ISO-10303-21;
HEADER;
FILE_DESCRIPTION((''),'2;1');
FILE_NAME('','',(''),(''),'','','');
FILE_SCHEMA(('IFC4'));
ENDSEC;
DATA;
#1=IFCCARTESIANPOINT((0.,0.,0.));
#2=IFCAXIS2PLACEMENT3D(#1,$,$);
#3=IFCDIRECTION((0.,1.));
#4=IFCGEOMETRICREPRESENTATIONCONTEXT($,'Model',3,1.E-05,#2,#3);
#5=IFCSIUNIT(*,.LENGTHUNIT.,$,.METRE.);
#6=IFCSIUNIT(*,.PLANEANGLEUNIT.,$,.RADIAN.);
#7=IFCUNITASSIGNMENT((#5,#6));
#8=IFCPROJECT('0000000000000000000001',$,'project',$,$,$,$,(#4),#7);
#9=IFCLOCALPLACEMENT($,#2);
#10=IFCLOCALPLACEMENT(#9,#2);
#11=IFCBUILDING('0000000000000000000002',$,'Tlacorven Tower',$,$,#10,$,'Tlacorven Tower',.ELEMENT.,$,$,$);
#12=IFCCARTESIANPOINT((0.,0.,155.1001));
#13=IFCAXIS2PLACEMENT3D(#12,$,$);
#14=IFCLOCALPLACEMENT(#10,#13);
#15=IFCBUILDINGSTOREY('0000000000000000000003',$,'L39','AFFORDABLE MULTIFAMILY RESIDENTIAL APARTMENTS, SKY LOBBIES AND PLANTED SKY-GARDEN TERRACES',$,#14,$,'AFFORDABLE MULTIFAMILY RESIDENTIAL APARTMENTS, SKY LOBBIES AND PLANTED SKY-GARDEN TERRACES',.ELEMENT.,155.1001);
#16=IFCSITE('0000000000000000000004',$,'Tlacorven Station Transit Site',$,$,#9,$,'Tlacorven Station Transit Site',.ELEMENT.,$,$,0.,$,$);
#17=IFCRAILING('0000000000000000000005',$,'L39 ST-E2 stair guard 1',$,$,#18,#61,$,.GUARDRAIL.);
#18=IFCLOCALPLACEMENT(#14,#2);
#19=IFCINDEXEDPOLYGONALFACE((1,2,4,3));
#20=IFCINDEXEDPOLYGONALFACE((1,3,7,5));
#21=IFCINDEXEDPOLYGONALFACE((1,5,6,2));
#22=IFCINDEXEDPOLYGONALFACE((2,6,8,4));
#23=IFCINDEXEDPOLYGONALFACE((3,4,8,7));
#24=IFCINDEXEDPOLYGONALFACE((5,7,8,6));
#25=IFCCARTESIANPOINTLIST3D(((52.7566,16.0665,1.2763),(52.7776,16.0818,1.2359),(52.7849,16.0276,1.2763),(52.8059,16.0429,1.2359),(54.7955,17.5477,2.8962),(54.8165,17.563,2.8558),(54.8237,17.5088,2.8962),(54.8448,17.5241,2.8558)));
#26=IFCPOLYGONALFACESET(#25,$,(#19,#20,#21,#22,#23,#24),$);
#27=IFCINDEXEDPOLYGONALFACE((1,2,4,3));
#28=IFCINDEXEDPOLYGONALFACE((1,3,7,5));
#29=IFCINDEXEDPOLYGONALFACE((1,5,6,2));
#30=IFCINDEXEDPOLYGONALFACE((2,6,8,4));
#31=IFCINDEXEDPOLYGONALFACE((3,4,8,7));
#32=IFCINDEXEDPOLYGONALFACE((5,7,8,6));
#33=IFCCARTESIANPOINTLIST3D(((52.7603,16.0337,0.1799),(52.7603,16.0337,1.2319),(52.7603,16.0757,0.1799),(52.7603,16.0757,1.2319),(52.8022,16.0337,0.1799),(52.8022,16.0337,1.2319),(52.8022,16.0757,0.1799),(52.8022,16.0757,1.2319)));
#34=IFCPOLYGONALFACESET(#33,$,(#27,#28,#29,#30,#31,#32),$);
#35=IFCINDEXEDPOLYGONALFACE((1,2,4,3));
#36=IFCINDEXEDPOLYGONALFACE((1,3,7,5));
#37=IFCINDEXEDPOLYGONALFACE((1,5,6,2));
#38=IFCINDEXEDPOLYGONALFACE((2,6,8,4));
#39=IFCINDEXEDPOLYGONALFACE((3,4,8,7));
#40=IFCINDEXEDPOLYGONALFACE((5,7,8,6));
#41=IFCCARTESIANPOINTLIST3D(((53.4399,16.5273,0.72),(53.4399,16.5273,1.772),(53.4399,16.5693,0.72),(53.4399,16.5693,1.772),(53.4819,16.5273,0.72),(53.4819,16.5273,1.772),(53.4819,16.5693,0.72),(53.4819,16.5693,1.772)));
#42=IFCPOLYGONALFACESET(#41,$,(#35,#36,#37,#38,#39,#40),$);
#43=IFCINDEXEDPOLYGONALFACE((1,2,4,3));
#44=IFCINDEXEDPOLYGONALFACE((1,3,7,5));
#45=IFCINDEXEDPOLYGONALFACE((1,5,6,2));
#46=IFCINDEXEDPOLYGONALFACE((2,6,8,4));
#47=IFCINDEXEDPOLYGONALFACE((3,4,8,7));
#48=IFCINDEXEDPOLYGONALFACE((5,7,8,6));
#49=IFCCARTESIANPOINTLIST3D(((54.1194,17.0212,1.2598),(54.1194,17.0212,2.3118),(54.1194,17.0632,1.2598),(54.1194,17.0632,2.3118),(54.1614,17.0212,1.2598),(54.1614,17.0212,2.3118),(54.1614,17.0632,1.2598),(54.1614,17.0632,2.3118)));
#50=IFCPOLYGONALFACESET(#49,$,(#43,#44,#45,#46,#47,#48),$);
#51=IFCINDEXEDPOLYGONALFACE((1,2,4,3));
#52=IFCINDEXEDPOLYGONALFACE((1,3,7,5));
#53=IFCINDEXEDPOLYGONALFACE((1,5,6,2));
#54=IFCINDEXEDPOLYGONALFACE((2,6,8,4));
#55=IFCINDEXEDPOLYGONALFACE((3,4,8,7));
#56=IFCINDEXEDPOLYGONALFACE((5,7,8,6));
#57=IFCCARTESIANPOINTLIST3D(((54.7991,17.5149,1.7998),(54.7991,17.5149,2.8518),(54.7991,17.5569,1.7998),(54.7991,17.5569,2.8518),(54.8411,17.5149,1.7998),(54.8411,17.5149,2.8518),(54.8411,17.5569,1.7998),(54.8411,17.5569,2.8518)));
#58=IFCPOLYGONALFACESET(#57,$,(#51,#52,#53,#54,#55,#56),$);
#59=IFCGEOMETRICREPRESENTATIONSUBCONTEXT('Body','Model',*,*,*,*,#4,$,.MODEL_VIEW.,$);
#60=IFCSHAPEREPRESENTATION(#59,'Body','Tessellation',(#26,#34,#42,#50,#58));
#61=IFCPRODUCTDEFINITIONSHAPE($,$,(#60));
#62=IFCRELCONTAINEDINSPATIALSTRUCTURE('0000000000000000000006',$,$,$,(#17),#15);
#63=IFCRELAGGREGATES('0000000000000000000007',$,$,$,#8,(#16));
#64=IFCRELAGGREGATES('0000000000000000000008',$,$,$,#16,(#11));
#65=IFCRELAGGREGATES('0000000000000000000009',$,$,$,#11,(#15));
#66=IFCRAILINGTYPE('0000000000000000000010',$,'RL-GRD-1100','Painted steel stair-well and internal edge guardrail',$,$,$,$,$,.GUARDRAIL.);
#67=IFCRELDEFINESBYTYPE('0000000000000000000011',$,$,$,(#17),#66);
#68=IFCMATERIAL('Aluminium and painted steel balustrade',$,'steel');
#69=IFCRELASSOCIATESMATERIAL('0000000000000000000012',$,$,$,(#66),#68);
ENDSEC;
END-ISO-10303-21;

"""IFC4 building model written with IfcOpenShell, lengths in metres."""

from ifc_helpers import new_model, si_unit, direction, frame, origin, origin_2d, place, context, subcontext, project, spatial, rectangle, extrude, source, transform, mapped, material, type_object, element, save


model = new_model("IFC4")

# Units and contexts
model_context = context("Model", 3, precision=1e-05, world=origin(), true_north=direction((0.0, 1.0)))
body_context = subcontext(model_context, "Body", "Model", "MODEL_VIEW")
ifc_project = project(units=[si_unit("LENGTHUNIT", "METRE"), si_unit("PLANEANGLEUNIT", "RADIAN")], contexts=[model_context])

# Site, building, storey
site_placement = place(None, origin())
site = spatial("IfcSite", under=ifc_project, at=site_placement, Name="Tlacorven Station Transit Site", LongName="Tlacorven Station Transit Site", CompositionType="ELEMENT", RefElevation=0.0)
building_placement = place(site_placement, origin())
building = spatial("IfcBuilding", under=site, at=building_placement, Name="Tlacorven Tower", LongName="Tlacorven Tower", CompositionType="ELEMENT")
storey_placement = place(building_placement, frame((0.0, 0.0, 155.1001)))
storey = spatial("IfcBuildingStorey", under=building, at=storey_placement, Name="L39", Description="AFFORDABLE MULTIFAMILY RESIDENTIAL APARTMENTS, SKY LOBBIES AND PLANTED SKY-GARDEN TERRACES", LongName="AFFORDABLE MULTIFAMILY RESIDENTIAL APARTMENTS, SKY LOBBIES AND PLANTED SKY-GARDEN TERRACES", CompositionType="ELEMENT", Elevation=155.1001)

# Railing
ifc_material_1 = material(Name="Aluminium and painted steel balustrade", Category="steel")
railing_type_1 = type_object("IfcRailingType", Name="RL-GRD-1100", Description="Painted steel stair-well and internal edge guardrail", PredefinedType="GUARDRAIL", material=ifc_material_1)
shared_shape_1 = source(origin(), body_context, "Body", "SweptSolid", [
    extrude(rectangle(XDim=0.0481, YDim=0.0481, at=origin_2d()), frame((0.0, 0.0, 1.0762), z_axis=(0.680562, 0.494428, 0.540717), x_axis=(-0.587763, 0.809033, 0.0)), (0.0, 0.0, 1.0), 2.9958),
    extrude(rectangle(XDim=0.042, YDim=0.042, at=origin_2d()), origin(), (0.0, 0.0, 1.0), 1.052),
    extrude(rectangle(XDim=0.042, YDim=0.042, at=origin_2d()), frame((0.6797, 0.4937, 0.54)), (0.0, 0.0, 1.0), 1.052),
    extrude(rectangle(XDim=0.042, YDim=0.042, at=origin_2d()), frame((1.3591, 0.9875, 1.0798)), (0.0, 0.0, 1.0), 1.052),
    extrude(rectangle(XDim=0.042, YDim=0.042, at=origin_2d()), frame((2.0388, 1.4812, 1.6199)), (0.0, 0.0, 1.0), 1.052),
])
railing_1_placement = place(storey_placement, frame((52.7812, 16.0547, 0.1799)))
element("IfcRailing", 1, at=railing_1_placement, inside=storey, type_object=railing_type_1, Name="L39 ST-E2 stair guard 1", PredefinedType="GUARDRAIL", context=body_context, shape_type="MappedRepresentation", body=[
    mapped(shared_shape_1, transform((0.0, 0.0, 0.0), scale=1.0)),
])

save(model, "model.ifc")
